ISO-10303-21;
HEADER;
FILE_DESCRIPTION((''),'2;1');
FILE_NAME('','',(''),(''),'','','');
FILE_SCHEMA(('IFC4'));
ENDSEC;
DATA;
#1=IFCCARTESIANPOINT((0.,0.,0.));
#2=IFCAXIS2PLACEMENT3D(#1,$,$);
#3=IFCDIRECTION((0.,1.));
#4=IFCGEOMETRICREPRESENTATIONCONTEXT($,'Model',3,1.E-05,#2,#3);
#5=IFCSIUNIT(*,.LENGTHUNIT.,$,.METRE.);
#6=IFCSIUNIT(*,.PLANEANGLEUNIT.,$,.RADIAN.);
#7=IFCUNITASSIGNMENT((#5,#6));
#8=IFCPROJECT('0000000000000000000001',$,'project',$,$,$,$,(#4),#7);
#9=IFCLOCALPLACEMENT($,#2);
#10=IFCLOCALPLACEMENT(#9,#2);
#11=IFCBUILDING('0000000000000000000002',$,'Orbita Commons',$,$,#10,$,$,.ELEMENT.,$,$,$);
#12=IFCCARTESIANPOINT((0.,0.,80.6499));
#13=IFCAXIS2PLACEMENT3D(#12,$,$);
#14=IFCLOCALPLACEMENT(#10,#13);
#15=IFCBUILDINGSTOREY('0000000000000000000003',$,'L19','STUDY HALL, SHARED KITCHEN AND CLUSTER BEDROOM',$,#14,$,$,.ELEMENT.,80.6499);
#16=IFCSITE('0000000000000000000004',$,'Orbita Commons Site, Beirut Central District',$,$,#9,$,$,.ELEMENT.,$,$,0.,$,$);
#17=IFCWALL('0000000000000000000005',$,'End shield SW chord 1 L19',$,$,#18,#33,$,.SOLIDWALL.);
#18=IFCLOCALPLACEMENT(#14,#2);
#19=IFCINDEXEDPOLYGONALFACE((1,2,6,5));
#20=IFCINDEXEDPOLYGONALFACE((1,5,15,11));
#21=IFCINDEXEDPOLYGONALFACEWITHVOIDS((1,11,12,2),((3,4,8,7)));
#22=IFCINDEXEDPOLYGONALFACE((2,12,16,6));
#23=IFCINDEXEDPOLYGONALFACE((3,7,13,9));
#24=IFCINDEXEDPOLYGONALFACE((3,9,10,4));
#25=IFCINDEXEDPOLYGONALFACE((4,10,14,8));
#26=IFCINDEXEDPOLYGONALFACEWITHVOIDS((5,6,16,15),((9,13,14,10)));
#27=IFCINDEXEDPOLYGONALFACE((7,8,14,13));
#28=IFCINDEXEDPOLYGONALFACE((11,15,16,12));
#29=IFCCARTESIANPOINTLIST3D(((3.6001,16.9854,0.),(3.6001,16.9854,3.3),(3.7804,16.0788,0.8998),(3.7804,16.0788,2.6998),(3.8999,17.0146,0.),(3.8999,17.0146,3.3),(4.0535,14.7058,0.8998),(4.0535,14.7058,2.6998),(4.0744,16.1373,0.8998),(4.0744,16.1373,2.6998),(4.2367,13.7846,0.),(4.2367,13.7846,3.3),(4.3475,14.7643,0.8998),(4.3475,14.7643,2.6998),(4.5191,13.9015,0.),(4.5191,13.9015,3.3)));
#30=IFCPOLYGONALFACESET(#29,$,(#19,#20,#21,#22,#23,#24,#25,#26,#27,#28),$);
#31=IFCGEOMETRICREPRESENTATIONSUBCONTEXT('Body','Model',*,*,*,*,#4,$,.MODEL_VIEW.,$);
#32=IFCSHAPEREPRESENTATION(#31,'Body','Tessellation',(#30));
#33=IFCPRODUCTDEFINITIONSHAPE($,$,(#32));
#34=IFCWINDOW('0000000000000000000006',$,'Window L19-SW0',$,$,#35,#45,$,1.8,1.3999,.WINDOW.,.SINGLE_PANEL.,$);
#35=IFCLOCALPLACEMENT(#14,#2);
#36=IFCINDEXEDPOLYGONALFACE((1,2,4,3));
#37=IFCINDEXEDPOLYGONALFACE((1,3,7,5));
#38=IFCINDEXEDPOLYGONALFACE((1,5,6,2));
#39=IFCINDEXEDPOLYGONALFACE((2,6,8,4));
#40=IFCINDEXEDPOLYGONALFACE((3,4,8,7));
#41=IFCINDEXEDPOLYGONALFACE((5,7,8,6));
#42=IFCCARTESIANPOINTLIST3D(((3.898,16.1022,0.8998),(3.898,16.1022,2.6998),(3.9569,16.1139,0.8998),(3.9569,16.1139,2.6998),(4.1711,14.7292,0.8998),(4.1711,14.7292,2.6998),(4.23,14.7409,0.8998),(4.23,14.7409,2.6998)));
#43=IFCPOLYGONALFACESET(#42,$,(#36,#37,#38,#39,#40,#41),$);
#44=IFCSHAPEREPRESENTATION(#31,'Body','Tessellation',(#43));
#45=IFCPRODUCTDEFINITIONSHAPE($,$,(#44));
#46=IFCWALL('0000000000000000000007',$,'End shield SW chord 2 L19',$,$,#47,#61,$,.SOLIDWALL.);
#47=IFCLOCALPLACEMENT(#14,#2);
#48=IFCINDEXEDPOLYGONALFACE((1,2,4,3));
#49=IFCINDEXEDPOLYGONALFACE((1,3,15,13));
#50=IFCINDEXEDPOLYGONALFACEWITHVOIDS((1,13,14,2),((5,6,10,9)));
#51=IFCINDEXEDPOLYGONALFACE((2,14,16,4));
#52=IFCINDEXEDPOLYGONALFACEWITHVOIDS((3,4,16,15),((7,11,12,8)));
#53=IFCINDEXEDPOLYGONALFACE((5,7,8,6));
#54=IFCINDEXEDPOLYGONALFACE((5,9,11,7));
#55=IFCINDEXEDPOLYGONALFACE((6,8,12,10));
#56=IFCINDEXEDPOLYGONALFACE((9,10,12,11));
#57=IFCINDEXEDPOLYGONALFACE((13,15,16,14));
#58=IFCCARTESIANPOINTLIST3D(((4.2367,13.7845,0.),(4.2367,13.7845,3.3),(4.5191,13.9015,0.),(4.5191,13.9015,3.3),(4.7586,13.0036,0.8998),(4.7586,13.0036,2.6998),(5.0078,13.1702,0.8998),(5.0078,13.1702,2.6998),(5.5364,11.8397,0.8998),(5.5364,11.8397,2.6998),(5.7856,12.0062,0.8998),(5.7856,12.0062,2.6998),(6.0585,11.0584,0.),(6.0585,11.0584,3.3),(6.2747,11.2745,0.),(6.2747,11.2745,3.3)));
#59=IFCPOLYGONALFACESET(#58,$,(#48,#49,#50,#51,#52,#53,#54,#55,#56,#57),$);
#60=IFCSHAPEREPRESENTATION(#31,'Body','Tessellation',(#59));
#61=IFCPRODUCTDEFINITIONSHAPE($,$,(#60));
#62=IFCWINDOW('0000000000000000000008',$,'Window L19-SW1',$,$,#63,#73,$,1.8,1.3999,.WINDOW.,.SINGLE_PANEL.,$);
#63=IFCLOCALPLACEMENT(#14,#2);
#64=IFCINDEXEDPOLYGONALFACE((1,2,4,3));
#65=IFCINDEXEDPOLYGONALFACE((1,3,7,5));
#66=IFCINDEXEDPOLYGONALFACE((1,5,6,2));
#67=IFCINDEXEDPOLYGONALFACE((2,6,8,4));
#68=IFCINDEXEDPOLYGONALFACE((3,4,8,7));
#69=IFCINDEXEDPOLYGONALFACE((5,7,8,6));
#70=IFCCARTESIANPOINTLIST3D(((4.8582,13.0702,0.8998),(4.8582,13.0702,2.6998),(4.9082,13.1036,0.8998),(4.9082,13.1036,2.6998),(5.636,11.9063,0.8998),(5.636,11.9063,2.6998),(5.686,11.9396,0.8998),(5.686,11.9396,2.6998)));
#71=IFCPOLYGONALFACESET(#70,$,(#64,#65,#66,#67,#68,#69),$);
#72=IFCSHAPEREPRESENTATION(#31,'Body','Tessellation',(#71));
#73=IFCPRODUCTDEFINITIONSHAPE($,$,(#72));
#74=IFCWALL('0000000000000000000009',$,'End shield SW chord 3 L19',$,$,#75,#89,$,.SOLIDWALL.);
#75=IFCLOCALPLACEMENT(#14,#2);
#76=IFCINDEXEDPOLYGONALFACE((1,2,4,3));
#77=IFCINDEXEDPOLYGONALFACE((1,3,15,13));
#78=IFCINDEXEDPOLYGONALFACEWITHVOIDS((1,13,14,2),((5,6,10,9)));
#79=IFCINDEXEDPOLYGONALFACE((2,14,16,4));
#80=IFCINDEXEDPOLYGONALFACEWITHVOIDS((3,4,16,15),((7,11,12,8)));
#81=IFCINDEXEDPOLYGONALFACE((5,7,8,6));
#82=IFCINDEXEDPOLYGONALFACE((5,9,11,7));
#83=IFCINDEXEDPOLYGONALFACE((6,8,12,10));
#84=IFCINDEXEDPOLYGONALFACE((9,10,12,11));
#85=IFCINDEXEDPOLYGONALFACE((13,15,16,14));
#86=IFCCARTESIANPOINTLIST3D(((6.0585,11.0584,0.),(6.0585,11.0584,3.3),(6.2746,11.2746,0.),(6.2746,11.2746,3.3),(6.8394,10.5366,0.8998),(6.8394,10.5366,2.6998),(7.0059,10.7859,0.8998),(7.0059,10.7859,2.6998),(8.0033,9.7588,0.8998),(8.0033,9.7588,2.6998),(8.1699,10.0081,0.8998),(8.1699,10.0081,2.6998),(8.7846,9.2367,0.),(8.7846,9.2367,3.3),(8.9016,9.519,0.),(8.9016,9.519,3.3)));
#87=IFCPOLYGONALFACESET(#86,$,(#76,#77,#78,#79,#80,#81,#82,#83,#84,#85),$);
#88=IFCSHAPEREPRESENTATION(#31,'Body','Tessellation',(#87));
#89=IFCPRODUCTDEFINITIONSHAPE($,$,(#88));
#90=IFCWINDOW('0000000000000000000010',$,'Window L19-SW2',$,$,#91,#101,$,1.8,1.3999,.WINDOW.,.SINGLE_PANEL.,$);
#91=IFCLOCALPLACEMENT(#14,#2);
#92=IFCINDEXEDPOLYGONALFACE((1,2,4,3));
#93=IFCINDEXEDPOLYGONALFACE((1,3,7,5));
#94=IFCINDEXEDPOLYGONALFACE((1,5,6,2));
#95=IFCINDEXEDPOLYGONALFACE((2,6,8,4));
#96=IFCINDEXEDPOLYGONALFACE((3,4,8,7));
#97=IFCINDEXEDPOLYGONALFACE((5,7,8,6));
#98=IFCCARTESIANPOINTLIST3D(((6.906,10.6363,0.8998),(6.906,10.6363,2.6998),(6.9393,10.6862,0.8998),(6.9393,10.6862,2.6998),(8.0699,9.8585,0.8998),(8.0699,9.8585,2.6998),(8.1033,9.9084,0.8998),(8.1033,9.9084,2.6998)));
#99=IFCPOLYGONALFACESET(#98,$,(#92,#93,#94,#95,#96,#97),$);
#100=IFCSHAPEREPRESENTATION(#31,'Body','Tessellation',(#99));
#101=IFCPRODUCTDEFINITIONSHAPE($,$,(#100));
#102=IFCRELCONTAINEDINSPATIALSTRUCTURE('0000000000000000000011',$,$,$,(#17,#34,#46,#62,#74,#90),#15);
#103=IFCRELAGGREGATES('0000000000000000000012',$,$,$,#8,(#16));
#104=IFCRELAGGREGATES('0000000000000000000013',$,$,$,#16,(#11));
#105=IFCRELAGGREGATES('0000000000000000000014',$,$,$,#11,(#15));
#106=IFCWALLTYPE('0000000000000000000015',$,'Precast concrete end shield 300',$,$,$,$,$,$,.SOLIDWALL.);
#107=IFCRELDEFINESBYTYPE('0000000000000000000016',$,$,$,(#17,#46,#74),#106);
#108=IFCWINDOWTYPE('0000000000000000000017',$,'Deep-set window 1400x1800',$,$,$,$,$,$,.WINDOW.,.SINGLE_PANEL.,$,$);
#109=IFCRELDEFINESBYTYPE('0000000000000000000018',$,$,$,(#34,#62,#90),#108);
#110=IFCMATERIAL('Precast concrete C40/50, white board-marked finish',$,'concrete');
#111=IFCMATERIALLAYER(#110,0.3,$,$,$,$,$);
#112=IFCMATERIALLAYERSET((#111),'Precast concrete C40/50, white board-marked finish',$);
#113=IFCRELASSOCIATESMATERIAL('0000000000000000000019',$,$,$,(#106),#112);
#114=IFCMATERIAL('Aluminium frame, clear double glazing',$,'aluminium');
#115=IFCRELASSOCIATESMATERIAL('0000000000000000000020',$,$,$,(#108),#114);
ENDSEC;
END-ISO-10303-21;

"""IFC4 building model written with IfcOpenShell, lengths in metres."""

from ifc_helpers import new_model, si_unit, direction, frame, frame_2d, origin, place, context, subcontext, project, spatial, polyline, rectangle, outline, extrude, material, layer, layer_set, type_object, element, fill, save


model = new_model("IFC4")

# Units and contexts
model_context = context("Model", 3, precision=1e-05, world=origin(), true_north=direction((0.0, 1.0)))
body_context = subcontext(model_context, "Body", "Model", "MODEL_VIEW")
ifc_project = project(units=[si_unit("LENGTHUNIT", "METRE"), si_unit("PLANEANGLEUNIT", "RADIAN")], contexts=[model_context])

# Site, building, storey
site_placement = place(None, origin())
site = spatial("IfcSite", under=ifc_project, at=site_placement, Name="Orbita Commons Site, Beirut Central District", CompositionType="ELEMENT", RefElevation=0.0)
building_placement = place(site_placement, origin())
building = spatial("IfcBuilding", under=site, at=building_placement, Name="Orbita Commons", CompositionType="ELEMENT")
storey_placement = place(building_placement, frame((0.0, 0.0, 80.6499)))
storey = spatial("IfcBuildingStorey", under=building, at=storey_placement, Name="L19", Description="STUDY HALL, SHARED KITCHEN AND CLUSTER BEDROOM", CompositionType="ELEMENT", Elevation=80.6499)

# Walls, openings, windows
ifc_material_1 = material(Name="Precast concrete C40/50, white board-marked finish", Category="concrete")
ifc_layer_1 = layer(ifc_material_1, 0.3)
ifc_layer_set_1 = layer_set([ifc_layer_1], Name="Precast concrete C40/50, white board-marked finish")
wall_type_1 = type_object("IfcWallType", Name="Precast concrete end shield 300", PredefinedType="SOLIDWALL", material=ifc_layer_set_1)
wall_1_placement = place(storey_placement, frame((3.75, 17.0, 0.0), z_axis=(0.0, 0.0, 1.0), x_axis=(0.19508, -0.980787, 0.0)))
wall_1 = element("IfcWall", 1, at=wall_1_placement, inside=storey, type_object=wall_type_1, Name="End shield SW chord 1 L19", PredefinedType="SOLIDWALL", context=body_context, shape_type="SweptSolid", body=[
    extrude(outline(polyline([(-0.0149, -0.1499), (3.2485, -0.1499), (3.189, 0.1499), (0.0149, 0.1499), (-0.0149, -0.1499)])), origin(), (0.0, 0.0, 1.0), 3.3),
])
opening_1_placement = place(wall_1_placement, frame((0.9094, 0.0, 0.8999)))
opening_1 = element("IfcOpeningElement", 2, at=opening_1_placement, cuts=wall_1, PredefinedType="OPENING", context=body_context, shape_type="SweptSolid", body=[
    extrude(rectangle(XDim=1.3999, YDim=1.8, at=frame_2d((0.7, 0.8999))), frame((0.0, 0.1599, 0.0), z_axis=(0.0, -1.0, 0.0), x_axis=(1.0, 0.0, 0.0)), (0.0, 0.0, 1.0), 0.3201),
])
ifc_material_2 = material(Name="Aluminium frame, clear double glazing", Category="aluminium")
window_type = type_object("IfcWindowType", Name="Deep-set window 1400x1800", PartitioningType="SINGLE_PANEL", PredefinedType="WINDOW", material=ifc_material_2)
window_1_placement = place(opening_1_placement, origin())
window_1 = element("IfcWindow", 3, at=window_1_placement, inside=storey, type_object=window_type, Name="Window L19-SW0", OverallHeight=1.8, OverallWidth=1.3999, PartitioningType="SINGLE_PANEL", PredefinedType="WINDOW", context=body_context, shape_type="SweptSolid", body=[
    extrude(rectangle(XDim=1.3999, YDim=1.8, at=frame_2d((0.7, 0.8999))), frame((0.0, 0.03, 0.0), z_axis=(0.0, -1.0, 0.0), x_axis=(1.0, 0.0, 0.0)), (0.0, 0.0, 1.0), 0.0601),
])
fill(opening_1, window_1)
wall_2_placement = place(storey_placement, frame((4.3779, 13.843, 0.0), z_axis=(0.0, 0.0, 1.0), x_axis=(0.55561, -0.831443, 0.0)))
wall_2 = element("IfcWall", 4, at=wall_2_placement, inside=storey, type_object=wall_type_1, Name="End shield SW chord 2 L19", PredefinedType="SOLIDWALL", context=body_context, shape_type="SweptSolid", body=[
    extrude(outline(polyline([(-0.0298, -0.1499), (3.249, -0.1499), (3.1895, 0.1499), (0.0298, 0.1499), (-0.0298, -0.1499)])), origin(), (0.0, 0.0, 1.0), 3.3),
])
opening_2_placement = place(wall_2_placement, frame((0.9094, 0.0, 0.8999)))
opening_2 = element("IfcOpeningElement", 5, at=opening_2_placement, cuts=wall_2, PredefinedType="OPENING", context=body_context, shape_type="SweptSolid", body=[
    extrude(rectangle(XDim=1.3999, YDim=1.8, at=frame_2d((0.7, 0.8999))), frame((0.0, 0.1599, 0.0), z_axis=(0.0, -1.0, 0.0), x_axis=(1.0, 0.0, 0.0)), (0.0, 0.0, 1.0), 0.3201),
])
window_2_placement = place(opening_2_placement, origin())
window_2 = element("IfcWindow", 6, at=window_2_placement, inside=storey, type_object=window_type, Name="Window L19-SW1", OverallHeight=1.8, OverallWidth=1.3999, PartitioningType="SINGLE_PANEL", PredefinedType="WINDOW", context=body_context, shape_type="SweptSolid", body=[
    extrude(rectangle(XDim=1.3999, YDim=1.8, at=frame_2d((0.7, 0.8999))), frame((0.0, 0.03, 0.0), z_axis=(0.0, -1.0, 0.0), x_axis=(1.0, 0.0, 0.0)), (0.0, 0.0, 1.0), 0.0601),
])
fill(opening_2, window_2)
wall_3_placement = place(storey_placement, frame((6.1665, 11.1665, 0.0), z_axis=(0.0, 0.0, 1.0), x_axis=(0.831443, -0.55561, 0.0)))
wall_3 = element("IfcWall", 7, at=wall_3_placement, inside=storey, type_object=wall_type_1, Name="End shield SW chord 3 L19", PredefinedType="SOLIDWALL", context=body_context, shape_type="SweptSolid", body=[
    extrude(outline(polyline([(-0.0298, -0.1499), (3.249, -0.1499), (3.1895, 0.1499), (0.0298, 0.1499), (-0.0298, -0.1499)])), origin(), (0.0, 0.0, 1.0), 3.3),
])
opening_3_placement = place(wall_3_placement, frame((0.9094, 0.0, 0.8999)))
opening_3 = element("IfcOpeningElement", 8, at=opening_3_placement, cuts=wall_3, PredefinedType="OPENING", context=body_context, shape_type="SweptSolid", body=[
    extrude(rectangle(XDim=1.3999, YDim=1.8, at=frame_2d((0.7, 0.8999))), frame((0.0, 0.1599, 0.0), z_axis=(0.0, -1.0, 0.0), x_axis=(1.0, 0.0, 0.0)), (0.0, 0.0, 1.0), 0.3201),
])
window_3_placement = place(opening_3_placement, origin())
window_3 = element("IfcWindow", 9, at=window_3_placement, inside=storey, type_object=window_type, Name="Window L19-SW2", OverallHeight=1.8, OverallWidth=1.3999, PartitioningType="SINGLE_PANEL", PredefinedType="WINDOW", context=body_context, shape_type="SweptSolid", body=[
    extrude(rectangle(XDim=1.3999, YDim=1.8, at=frame_2d((0.7, 0.8999))), frame((0.0, 0.03, 0.0), z_axis=(0.0, -1.0, 0.0), x_axis=(1.0, 0.0, 0.0)), (0.0, 0.0, 1.0), 0.0601),
])
fill(opening_3, window_3)

save(model, "model.ifc")
